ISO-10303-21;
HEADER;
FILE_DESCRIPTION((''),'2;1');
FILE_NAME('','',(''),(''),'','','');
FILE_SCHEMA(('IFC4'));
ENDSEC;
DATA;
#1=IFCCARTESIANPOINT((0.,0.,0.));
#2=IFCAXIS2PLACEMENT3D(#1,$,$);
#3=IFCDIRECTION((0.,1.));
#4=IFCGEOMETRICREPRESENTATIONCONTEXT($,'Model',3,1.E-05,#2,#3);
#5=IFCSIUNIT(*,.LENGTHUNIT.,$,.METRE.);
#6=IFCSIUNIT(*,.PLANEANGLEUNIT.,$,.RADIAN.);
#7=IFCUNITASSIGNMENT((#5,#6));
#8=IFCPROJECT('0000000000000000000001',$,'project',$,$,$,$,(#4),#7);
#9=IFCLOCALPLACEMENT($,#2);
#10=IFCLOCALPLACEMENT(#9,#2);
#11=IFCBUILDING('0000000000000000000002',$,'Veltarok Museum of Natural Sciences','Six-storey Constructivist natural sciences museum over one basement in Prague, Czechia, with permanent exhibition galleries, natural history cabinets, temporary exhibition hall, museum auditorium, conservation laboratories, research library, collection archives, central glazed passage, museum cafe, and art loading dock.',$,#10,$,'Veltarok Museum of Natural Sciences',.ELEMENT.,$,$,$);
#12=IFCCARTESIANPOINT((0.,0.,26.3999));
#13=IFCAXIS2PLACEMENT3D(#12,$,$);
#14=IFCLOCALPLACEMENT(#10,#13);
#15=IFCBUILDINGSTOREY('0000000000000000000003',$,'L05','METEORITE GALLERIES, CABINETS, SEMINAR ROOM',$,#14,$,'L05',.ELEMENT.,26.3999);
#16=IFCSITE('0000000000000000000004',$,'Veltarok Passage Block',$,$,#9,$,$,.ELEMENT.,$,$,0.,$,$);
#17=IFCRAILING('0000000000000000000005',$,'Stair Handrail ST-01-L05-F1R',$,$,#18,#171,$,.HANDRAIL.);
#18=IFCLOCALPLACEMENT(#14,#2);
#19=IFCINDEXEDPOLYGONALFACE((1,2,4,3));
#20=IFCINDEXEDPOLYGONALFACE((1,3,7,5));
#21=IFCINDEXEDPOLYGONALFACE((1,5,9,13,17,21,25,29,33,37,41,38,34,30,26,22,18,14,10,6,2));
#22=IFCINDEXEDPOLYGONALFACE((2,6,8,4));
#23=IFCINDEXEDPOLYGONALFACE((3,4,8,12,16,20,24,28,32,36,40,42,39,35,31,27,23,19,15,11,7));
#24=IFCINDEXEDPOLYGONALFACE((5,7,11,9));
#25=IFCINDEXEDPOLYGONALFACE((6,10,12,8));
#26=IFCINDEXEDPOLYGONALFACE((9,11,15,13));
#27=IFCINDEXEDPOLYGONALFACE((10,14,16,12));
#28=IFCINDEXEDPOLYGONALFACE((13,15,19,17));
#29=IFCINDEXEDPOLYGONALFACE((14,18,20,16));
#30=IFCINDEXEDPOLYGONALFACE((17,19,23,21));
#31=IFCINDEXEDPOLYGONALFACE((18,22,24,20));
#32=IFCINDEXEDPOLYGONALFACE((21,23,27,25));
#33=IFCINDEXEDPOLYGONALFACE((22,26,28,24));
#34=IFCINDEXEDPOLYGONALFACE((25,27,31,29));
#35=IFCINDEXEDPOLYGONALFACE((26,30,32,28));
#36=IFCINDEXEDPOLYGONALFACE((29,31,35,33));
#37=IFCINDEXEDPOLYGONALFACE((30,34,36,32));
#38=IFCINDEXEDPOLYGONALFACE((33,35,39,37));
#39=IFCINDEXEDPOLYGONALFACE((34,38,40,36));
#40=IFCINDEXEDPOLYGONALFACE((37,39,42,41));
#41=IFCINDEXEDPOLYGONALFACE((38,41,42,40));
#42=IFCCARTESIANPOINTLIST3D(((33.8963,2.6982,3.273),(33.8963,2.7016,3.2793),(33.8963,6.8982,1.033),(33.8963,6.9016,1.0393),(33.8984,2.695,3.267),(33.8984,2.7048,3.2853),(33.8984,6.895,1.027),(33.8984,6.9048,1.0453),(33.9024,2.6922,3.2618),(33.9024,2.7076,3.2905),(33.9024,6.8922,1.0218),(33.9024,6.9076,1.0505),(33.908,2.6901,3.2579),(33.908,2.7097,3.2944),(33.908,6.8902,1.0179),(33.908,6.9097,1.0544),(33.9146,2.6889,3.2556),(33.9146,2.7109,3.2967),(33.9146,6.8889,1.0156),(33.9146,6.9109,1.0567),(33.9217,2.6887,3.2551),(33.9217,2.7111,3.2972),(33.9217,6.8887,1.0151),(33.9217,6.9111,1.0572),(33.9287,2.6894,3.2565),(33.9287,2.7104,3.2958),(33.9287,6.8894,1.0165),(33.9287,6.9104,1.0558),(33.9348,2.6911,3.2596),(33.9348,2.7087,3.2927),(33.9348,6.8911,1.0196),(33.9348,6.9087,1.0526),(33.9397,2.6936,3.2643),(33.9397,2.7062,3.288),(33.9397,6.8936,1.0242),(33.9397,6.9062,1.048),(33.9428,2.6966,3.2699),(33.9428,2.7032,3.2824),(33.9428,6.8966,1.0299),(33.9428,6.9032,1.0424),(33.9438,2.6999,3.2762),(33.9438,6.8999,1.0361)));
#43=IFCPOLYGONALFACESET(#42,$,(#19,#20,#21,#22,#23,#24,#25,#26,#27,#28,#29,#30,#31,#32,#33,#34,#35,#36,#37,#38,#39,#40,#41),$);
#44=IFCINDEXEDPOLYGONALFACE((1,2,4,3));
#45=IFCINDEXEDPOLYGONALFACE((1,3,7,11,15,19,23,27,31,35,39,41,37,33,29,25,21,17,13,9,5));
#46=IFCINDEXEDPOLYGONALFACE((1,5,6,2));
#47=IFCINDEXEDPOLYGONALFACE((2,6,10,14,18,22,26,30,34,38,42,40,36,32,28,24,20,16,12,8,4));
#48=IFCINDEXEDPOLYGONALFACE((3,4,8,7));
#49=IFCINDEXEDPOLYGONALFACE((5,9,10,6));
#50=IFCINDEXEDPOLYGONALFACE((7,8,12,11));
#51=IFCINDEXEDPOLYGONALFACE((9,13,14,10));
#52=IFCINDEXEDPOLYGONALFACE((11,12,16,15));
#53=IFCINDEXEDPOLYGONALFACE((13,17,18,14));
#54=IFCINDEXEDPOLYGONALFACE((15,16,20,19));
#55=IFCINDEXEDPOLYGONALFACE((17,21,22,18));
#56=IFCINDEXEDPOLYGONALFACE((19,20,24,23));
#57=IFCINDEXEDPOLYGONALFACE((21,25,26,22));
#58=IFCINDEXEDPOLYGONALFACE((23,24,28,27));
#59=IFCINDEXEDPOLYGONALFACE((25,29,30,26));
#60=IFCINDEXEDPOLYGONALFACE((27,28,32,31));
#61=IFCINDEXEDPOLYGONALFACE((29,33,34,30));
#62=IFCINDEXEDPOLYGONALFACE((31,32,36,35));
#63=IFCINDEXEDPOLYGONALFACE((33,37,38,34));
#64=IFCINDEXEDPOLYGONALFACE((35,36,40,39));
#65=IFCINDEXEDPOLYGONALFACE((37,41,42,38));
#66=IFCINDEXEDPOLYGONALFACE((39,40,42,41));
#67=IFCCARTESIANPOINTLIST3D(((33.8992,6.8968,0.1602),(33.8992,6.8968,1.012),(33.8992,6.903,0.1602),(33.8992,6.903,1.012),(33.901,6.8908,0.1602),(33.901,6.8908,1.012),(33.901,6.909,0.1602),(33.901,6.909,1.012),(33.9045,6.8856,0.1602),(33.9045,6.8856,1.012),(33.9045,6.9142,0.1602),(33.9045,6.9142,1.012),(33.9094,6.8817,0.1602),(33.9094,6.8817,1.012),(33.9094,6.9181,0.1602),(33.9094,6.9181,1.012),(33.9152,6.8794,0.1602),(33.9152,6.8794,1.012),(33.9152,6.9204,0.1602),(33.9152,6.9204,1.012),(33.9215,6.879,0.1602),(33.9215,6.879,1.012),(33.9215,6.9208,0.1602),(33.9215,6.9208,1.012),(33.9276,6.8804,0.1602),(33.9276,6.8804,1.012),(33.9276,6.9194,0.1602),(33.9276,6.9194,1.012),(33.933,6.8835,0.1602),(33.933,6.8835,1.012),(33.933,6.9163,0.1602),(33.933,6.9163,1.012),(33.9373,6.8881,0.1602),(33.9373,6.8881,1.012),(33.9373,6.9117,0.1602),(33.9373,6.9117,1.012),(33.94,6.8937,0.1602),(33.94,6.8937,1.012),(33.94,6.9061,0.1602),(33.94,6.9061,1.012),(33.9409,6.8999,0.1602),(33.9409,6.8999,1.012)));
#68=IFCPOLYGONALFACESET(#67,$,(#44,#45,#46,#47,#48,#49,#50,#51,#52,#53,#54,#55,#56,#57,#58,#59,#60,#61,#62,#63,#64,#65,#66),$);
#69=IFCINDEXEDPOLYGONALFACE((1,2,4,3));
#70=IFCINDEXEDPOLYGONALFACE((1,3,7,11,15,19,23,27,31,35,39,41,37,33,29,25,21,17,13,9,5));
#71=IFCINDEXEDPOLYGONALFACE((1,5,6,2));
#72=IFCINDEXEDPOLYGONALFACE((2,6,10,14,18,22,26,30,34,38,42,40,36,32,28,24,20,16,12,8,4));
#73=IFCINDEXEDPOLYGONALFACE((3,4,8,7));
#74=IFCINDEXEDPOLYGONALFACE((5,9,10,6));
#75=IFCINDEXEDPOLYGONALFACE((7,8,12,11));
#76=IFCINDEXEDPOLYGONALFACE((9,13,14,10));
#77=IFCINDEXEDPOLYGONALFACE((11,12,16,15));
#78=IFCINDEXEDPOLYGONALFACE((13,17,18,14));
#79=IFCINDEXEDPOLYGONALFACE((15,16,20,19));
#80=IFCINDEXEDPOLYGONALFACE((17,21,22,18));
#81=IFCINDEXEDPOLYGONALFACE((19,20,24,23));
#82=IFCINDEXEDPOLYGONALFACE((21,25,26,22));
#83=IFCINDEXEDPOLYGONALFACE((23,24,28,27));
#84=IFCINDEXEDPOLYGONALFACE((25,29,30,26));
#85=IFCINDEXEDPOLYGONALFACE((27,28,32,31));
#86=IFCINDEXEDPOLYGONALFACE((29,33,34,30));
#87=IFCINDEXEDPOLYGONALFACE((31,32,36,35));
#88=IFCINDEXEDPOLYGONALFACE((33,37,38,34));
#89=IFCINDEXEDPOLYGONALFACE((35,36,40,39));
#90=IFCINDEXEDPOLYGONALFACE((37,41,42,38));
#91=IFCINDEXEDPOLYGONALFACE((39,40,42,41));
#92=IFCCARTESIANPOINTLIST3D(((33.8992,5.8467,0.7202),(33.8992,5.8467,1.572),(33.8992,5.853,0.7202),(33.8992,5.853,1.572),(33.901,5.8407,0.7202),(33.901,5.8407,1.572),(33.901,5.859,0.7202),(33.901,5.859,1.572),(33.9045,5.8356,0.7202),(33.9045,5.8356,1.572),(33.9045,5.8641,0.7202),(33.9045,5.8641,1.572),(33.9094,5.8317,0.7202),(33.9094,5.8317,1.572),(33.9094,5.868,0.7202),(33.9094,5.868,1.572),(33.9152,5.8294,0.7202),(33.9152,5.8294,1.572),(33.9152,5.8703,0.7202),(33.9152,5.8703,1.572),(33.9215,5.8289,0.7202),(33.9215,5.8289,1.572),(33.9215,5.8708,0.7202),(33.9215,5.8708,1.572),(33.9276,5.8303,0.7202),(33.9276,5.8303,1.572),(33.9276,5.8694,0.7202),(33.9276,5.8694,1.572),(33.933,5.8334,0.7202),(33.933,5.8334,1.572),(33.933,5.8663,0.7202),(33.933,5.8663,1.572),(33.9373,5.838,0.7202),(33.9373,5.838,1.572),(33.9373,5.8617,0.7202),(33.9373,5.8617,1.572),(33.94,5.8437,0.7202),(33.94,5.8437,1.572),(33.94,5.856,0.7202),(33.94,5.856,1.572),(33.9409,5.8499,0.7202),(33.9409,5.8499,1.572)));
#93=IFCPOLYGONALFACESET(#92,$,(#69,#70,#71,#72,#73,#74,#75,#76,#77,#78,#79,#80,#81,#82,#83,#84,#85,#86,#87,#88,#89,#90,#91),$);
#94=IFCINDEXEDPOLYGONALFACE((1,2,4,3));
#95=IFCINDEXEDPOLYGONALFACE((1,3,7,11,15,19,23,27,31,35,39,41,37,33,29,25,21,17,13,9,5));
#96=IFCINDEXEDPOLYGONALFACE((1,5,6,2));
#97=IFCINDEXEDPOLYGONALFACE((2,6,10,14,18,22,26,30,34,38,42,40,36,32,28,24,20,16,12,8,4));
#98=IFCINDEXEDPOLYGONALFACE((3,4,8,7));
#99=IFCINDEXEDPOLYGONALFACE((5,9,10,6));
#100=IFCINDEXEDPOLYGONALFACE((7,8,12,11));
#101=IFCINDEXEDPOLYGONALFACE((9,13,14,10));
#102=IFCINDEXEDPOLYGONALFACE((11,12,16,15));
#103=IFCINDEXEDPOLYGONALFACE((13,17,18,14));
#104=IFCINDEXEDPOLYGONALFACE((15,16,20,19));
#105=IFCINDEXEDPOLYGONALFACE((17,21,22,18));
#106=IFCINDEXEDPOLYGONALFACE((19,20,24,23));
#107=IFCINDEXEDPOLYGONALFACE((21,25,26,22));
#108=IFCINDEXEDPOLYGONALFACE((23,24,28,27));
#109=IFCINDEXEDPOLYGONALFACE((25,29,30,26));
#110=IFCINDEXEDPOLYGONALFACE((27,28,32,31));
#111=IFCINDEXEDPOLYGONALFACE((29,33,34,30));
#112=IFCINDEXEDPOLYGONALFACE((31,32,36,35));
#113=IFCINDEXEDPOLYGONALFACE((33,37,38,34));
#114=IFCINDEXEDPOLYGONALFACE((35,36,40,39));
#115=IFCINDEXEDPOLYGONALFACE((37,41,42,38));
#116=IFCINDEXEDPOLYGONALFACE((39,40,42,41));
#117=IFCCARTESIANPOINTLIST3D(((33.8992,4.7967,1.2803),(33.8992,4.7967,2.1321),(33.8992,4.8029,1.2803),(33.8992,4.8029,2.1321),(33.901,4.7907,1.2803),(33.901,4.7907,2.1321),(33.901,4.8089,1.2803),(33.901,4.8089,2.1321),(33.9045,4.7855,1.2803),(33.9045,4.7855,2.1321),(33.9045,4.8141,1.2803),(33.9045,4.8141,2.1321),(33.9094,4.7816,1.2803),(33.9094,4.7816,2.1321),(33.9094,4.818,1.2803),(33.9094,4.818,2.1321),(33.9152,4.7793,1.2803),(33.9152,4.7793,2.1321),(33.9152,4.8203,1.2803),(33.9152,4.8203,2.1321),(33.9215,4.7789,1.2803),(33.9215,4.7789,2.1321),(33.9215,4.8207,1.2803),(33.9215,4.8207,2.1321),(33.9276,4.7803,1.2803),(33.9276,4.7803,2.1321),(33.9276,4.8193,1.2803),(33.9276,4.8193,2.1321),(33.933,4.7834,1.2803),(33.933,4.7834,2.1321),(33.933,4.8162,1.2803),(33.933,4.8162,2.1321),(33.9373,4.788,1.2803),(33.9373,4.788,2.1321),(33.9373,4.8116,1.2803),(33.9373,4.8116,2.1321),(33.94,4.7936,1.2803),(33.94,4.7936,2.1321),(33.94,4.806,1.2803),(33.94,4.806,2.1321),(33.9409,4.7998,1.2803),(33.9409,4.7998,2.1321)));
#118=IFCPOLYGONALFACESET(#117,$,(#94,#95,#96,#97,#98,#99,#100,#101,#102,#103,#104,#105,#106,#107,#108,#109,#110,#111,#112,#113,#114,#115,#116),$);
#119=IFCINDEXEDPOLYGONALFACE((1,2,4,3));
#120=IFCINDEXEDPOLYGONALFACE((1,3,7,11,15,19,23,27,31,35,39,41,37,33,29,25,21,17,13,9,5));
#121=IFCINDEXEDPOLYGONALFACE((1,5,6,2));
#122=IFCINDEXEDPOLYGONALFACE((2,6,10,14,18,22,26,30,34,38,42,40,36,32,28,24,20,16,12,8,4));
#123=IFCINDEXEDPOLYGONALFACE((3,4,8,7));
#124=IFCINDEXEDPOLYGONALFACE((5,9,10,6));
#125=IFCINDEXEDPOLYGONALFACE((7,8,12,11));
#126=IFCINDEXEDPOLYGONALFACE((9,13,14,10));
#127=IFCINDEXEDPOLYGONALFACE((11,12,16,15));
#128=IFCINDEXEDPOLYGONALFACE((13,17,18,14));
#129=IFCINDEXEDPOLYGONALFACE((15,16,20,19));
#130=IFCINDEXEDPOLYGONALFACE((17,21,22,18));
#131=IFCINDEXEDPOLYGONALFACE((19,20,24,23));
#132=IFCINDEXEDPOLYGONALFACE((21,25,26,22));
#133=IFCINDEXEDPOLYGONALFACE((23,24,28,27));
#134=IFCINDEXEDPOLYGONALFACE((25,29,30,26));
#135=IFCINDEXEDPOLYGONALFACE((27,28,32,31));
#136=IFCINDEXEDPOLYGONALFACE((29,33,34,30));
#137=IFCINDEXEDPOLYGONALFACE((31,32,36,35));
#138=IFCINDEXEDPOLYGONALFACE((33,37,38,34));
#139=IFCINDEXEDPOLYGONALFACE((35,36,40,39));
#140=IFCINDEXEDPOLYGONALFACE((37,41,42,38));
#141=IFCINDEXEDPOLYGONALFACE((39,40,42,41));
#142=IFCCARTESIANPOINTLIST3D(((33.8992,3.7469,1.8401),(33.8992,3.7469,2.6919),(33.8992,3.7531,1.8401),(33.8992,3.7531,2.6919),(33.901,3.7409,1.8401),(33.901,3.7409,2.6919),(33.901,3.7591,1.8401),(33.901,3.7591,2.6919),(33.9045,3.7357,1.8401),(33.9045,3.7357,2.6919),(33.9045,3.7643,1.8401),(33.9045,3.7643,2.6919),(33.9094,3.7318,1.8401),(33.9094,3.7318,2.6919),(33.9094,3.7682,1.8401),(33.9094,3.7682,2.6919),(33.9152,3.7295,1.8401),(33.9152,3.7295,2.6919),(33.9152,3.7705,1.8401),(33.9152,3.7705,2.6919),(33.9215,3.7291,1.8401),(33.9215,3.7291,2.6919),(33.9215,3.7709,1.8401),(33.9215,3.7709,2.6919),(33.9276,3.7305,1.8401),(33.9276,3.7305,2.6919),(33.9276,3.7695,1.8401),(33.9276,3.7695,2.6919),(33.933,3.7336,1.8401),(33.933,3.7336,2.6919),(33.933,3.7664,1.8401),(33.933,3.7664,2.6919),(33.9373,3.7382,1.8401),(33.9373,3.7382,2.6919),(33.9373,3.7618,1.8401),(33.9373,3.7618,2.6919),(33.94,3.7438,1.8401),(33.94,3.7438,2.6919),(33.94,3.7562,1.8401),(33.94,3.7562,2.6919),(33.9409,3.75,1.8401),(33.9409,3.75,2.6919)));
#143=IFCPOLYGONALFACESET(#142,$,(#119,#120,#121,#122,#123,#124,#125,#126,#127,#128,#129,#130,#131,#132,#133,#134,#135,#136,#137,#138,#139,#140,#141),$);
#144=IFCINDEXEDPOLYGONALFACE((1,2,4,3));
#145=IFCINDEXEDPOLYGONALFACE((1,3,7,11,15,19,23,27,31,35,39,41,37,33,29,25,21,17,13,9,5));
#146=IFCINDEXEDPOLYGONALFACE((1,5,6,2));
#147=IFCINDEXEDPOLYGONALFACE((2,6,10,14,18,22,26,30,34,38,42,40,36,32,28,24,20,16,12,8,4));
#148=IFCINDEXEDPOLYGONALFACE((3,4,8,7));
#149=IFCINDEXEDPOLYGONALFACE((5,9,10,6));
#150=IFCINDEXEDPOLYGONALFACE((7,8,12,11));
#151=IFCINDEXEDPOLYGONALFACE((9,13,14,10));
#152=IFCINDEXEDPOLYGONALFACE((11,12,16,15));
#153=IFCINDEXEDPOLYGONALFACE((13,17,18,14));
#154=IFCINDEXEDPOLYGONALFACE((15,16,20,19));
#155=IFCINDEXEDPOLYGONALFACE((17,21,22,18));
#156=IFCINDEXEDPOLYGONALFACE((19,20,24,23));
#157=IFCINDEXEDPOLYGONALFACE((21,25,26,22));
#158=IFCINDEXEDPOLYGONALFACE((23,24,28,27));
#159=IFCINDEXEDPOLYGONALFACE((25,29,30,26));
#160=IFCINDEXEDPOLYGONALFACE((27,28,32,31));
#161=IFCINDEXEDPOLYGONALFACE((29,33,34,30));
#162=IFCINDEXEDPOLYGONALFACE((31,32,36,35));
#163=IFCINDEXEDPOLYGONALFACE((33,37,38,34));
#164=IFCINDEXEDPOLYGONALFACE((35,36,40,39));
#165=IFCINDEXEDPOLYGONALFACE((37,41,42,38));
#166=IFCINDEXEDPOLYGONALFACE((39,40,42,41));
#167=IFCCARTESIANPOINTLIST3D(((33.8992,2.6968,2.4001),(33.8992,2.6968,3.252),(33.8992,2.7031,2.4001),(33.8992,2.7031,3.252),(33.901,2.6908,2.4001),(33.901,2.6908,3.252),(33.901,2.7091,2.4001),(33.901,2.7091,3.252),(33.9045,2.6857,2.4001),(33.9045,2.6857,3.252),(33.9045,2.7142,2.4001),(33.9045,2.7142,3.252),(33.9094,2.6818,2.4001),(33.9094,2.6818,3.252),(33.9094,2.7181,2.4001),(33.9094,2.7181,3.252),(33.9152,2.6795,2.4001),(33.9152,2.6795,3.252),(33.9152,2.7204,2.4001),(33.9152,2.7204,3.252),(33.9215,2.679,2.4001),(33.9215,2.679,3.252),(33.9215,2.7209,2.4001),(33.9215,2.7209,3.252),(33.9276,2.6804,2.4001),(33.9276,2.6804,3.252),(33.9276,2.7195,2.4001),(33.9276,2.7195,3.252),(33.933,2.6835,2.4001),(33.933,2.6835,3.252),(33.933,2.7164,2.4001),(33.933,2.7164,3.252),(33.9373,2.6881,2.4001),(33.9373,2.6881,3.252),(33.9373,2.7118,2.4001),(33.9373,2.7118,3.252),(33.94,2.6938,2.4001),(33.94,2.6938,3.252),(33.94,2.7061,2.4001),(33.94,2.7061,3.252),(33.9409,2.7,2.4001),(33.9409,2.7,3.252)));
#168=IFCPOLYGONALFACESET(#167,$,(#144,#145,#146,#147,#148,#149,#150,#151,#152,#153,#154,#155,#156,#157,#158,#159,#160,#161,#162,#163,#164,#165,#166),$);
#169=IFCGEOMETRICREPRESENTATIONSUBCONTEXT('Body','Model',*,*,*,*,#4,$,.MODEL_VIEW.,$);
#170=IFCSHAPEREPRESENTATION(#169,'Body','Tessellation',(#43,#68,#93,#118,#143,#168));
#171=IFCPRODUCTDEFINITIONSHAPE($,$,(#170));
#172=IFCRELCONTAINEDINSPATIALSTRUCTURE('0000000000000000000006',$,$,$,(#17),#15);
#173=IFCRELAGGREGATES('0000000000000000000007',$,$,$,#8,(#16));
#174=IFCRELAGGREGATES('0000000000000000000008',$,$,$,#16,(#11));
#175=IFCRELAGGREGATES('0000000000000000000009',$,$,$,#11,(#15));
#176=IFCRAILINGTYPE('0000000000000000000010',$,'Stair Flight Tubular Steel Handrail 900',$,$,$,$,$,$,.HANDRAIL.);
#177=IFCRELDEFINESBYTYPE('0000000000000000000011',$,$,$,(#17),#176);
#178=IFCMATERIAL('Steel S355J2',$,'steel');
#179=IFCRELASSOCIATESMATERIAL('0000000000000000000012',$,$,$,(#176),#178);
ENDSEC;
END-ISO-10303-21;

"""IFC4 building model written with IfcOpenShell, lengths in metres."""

from ifc_helpers import new_model, si_unit, direction, frame, origin, origin_2d, place, context, subcontext, project, spatial, circle, extrude, material, type_object, element, save


model = new_model("IFC4")

# Units and contexts
model_context = context("Model", 3, precision=1e-05, world=origin(), true_north=direction((0.0, 1.0)))
body_context = subcontext(model_context, "Body", "Model", "MODEL_VIEW")
ifc_project = project(units=[si_unit("LENGTHUNIT", "METRE"), si_unit("PLANEANGLEUNIT", "RADIAN")], contexts=[model_context])

# Site, building, storey
site_placement = place(None, origin())
site = spatial("IfcSite", under=ifc_project, at=site_placement, Name="Veltarok Passage Block", CompositionType="ELEMENT", RefElevation=0.0)
building_placement = place(site_placement, origin())
building = spatial("IfcBuilding", under=site, at=building_placement, Name="Veltarok Museum of Natural Sciences", Description="Six-storey Constructivist natural sciences museum over one basement in Prague, Czechia, with permanent exhibition galleries, natural history cabinets, temporary exhibition hall, museum auditorium, conservation laboratories, research library, collection archives, central glazed passage, museum cafe, and art loading dock.", LongName="Veltarok Museum of Natural Sciences", CompositionType="ELEMENT")
storey_placement = place(building_placement, frame((0.0, 0.0, 26.3999)))
storey = spatial("IfcBuildingStorey", under=building, at=storey_placement, Name="L05", Description="METEORITE GALLERIES, CABINETS, SEMINAR ROOM", LongName="L05", CompositionType="ELEMENT", Elevation=26.3999)

# Shared definitions
ifc_material_1 = material(Name="Steel S355J2", Category="steel")

# Railing
railing_type_1 = type_object("IfcRailingType", Name="Stair Flight Tubular Steel Handrail 900", PredefinedType="HANDRAIL", material=ifc_material_1)
railing_placement = place(storey_placement, frame((33.9199, 6.8999, 0.1602)))
element("IfcRailing", 1, at=railing_placement, inside=storey, type_object=railing_type_1, Name="Stair Handrail ST-01-L05-F1R", PredefinedType="HANDRAIL", context=body_context, shape_type="SweptSolid", body=[
    extrude(circle(Radius=0.0239, at=origin_2d()), frame((0.0, 0.0, 0.876), z_axis=(0.0, -0.882352, 0.470591), x_axis=(1.0, 0.0, 0.0)), (0.0, 0.0, 1.0), 4.76),
    extrude(circle(Radius=0.021, at=origin_2d()), origin(), (0.0, 0.0, 1.0), 0.8518),
    extrude(circle(Radius=0.021, at=origin_2d()), frame((0.0, -1.05, 0.5601)), (0.0, 0.0, 1.0), 0.8518),
    extrude(circle(Radius=0.021, at=origin_2d()), frame((0.0, -2.1001, 1.1201)), (0.0, 0.0, 1.0), 0.8518),
    extrude(circle(Radius=0.021, at=origin_2d()), frame((0.0, -3.1499, 1.6799)), (0.0, 0.0, 1.0), 0.8518),
    extrude(circle(Radius=0.021, at=origin_2d()), frame((0.0, -4.2, 2.24)), (0.0, 0.0, 1.0), 0.8518),
])

save(model, "model.ifc")
